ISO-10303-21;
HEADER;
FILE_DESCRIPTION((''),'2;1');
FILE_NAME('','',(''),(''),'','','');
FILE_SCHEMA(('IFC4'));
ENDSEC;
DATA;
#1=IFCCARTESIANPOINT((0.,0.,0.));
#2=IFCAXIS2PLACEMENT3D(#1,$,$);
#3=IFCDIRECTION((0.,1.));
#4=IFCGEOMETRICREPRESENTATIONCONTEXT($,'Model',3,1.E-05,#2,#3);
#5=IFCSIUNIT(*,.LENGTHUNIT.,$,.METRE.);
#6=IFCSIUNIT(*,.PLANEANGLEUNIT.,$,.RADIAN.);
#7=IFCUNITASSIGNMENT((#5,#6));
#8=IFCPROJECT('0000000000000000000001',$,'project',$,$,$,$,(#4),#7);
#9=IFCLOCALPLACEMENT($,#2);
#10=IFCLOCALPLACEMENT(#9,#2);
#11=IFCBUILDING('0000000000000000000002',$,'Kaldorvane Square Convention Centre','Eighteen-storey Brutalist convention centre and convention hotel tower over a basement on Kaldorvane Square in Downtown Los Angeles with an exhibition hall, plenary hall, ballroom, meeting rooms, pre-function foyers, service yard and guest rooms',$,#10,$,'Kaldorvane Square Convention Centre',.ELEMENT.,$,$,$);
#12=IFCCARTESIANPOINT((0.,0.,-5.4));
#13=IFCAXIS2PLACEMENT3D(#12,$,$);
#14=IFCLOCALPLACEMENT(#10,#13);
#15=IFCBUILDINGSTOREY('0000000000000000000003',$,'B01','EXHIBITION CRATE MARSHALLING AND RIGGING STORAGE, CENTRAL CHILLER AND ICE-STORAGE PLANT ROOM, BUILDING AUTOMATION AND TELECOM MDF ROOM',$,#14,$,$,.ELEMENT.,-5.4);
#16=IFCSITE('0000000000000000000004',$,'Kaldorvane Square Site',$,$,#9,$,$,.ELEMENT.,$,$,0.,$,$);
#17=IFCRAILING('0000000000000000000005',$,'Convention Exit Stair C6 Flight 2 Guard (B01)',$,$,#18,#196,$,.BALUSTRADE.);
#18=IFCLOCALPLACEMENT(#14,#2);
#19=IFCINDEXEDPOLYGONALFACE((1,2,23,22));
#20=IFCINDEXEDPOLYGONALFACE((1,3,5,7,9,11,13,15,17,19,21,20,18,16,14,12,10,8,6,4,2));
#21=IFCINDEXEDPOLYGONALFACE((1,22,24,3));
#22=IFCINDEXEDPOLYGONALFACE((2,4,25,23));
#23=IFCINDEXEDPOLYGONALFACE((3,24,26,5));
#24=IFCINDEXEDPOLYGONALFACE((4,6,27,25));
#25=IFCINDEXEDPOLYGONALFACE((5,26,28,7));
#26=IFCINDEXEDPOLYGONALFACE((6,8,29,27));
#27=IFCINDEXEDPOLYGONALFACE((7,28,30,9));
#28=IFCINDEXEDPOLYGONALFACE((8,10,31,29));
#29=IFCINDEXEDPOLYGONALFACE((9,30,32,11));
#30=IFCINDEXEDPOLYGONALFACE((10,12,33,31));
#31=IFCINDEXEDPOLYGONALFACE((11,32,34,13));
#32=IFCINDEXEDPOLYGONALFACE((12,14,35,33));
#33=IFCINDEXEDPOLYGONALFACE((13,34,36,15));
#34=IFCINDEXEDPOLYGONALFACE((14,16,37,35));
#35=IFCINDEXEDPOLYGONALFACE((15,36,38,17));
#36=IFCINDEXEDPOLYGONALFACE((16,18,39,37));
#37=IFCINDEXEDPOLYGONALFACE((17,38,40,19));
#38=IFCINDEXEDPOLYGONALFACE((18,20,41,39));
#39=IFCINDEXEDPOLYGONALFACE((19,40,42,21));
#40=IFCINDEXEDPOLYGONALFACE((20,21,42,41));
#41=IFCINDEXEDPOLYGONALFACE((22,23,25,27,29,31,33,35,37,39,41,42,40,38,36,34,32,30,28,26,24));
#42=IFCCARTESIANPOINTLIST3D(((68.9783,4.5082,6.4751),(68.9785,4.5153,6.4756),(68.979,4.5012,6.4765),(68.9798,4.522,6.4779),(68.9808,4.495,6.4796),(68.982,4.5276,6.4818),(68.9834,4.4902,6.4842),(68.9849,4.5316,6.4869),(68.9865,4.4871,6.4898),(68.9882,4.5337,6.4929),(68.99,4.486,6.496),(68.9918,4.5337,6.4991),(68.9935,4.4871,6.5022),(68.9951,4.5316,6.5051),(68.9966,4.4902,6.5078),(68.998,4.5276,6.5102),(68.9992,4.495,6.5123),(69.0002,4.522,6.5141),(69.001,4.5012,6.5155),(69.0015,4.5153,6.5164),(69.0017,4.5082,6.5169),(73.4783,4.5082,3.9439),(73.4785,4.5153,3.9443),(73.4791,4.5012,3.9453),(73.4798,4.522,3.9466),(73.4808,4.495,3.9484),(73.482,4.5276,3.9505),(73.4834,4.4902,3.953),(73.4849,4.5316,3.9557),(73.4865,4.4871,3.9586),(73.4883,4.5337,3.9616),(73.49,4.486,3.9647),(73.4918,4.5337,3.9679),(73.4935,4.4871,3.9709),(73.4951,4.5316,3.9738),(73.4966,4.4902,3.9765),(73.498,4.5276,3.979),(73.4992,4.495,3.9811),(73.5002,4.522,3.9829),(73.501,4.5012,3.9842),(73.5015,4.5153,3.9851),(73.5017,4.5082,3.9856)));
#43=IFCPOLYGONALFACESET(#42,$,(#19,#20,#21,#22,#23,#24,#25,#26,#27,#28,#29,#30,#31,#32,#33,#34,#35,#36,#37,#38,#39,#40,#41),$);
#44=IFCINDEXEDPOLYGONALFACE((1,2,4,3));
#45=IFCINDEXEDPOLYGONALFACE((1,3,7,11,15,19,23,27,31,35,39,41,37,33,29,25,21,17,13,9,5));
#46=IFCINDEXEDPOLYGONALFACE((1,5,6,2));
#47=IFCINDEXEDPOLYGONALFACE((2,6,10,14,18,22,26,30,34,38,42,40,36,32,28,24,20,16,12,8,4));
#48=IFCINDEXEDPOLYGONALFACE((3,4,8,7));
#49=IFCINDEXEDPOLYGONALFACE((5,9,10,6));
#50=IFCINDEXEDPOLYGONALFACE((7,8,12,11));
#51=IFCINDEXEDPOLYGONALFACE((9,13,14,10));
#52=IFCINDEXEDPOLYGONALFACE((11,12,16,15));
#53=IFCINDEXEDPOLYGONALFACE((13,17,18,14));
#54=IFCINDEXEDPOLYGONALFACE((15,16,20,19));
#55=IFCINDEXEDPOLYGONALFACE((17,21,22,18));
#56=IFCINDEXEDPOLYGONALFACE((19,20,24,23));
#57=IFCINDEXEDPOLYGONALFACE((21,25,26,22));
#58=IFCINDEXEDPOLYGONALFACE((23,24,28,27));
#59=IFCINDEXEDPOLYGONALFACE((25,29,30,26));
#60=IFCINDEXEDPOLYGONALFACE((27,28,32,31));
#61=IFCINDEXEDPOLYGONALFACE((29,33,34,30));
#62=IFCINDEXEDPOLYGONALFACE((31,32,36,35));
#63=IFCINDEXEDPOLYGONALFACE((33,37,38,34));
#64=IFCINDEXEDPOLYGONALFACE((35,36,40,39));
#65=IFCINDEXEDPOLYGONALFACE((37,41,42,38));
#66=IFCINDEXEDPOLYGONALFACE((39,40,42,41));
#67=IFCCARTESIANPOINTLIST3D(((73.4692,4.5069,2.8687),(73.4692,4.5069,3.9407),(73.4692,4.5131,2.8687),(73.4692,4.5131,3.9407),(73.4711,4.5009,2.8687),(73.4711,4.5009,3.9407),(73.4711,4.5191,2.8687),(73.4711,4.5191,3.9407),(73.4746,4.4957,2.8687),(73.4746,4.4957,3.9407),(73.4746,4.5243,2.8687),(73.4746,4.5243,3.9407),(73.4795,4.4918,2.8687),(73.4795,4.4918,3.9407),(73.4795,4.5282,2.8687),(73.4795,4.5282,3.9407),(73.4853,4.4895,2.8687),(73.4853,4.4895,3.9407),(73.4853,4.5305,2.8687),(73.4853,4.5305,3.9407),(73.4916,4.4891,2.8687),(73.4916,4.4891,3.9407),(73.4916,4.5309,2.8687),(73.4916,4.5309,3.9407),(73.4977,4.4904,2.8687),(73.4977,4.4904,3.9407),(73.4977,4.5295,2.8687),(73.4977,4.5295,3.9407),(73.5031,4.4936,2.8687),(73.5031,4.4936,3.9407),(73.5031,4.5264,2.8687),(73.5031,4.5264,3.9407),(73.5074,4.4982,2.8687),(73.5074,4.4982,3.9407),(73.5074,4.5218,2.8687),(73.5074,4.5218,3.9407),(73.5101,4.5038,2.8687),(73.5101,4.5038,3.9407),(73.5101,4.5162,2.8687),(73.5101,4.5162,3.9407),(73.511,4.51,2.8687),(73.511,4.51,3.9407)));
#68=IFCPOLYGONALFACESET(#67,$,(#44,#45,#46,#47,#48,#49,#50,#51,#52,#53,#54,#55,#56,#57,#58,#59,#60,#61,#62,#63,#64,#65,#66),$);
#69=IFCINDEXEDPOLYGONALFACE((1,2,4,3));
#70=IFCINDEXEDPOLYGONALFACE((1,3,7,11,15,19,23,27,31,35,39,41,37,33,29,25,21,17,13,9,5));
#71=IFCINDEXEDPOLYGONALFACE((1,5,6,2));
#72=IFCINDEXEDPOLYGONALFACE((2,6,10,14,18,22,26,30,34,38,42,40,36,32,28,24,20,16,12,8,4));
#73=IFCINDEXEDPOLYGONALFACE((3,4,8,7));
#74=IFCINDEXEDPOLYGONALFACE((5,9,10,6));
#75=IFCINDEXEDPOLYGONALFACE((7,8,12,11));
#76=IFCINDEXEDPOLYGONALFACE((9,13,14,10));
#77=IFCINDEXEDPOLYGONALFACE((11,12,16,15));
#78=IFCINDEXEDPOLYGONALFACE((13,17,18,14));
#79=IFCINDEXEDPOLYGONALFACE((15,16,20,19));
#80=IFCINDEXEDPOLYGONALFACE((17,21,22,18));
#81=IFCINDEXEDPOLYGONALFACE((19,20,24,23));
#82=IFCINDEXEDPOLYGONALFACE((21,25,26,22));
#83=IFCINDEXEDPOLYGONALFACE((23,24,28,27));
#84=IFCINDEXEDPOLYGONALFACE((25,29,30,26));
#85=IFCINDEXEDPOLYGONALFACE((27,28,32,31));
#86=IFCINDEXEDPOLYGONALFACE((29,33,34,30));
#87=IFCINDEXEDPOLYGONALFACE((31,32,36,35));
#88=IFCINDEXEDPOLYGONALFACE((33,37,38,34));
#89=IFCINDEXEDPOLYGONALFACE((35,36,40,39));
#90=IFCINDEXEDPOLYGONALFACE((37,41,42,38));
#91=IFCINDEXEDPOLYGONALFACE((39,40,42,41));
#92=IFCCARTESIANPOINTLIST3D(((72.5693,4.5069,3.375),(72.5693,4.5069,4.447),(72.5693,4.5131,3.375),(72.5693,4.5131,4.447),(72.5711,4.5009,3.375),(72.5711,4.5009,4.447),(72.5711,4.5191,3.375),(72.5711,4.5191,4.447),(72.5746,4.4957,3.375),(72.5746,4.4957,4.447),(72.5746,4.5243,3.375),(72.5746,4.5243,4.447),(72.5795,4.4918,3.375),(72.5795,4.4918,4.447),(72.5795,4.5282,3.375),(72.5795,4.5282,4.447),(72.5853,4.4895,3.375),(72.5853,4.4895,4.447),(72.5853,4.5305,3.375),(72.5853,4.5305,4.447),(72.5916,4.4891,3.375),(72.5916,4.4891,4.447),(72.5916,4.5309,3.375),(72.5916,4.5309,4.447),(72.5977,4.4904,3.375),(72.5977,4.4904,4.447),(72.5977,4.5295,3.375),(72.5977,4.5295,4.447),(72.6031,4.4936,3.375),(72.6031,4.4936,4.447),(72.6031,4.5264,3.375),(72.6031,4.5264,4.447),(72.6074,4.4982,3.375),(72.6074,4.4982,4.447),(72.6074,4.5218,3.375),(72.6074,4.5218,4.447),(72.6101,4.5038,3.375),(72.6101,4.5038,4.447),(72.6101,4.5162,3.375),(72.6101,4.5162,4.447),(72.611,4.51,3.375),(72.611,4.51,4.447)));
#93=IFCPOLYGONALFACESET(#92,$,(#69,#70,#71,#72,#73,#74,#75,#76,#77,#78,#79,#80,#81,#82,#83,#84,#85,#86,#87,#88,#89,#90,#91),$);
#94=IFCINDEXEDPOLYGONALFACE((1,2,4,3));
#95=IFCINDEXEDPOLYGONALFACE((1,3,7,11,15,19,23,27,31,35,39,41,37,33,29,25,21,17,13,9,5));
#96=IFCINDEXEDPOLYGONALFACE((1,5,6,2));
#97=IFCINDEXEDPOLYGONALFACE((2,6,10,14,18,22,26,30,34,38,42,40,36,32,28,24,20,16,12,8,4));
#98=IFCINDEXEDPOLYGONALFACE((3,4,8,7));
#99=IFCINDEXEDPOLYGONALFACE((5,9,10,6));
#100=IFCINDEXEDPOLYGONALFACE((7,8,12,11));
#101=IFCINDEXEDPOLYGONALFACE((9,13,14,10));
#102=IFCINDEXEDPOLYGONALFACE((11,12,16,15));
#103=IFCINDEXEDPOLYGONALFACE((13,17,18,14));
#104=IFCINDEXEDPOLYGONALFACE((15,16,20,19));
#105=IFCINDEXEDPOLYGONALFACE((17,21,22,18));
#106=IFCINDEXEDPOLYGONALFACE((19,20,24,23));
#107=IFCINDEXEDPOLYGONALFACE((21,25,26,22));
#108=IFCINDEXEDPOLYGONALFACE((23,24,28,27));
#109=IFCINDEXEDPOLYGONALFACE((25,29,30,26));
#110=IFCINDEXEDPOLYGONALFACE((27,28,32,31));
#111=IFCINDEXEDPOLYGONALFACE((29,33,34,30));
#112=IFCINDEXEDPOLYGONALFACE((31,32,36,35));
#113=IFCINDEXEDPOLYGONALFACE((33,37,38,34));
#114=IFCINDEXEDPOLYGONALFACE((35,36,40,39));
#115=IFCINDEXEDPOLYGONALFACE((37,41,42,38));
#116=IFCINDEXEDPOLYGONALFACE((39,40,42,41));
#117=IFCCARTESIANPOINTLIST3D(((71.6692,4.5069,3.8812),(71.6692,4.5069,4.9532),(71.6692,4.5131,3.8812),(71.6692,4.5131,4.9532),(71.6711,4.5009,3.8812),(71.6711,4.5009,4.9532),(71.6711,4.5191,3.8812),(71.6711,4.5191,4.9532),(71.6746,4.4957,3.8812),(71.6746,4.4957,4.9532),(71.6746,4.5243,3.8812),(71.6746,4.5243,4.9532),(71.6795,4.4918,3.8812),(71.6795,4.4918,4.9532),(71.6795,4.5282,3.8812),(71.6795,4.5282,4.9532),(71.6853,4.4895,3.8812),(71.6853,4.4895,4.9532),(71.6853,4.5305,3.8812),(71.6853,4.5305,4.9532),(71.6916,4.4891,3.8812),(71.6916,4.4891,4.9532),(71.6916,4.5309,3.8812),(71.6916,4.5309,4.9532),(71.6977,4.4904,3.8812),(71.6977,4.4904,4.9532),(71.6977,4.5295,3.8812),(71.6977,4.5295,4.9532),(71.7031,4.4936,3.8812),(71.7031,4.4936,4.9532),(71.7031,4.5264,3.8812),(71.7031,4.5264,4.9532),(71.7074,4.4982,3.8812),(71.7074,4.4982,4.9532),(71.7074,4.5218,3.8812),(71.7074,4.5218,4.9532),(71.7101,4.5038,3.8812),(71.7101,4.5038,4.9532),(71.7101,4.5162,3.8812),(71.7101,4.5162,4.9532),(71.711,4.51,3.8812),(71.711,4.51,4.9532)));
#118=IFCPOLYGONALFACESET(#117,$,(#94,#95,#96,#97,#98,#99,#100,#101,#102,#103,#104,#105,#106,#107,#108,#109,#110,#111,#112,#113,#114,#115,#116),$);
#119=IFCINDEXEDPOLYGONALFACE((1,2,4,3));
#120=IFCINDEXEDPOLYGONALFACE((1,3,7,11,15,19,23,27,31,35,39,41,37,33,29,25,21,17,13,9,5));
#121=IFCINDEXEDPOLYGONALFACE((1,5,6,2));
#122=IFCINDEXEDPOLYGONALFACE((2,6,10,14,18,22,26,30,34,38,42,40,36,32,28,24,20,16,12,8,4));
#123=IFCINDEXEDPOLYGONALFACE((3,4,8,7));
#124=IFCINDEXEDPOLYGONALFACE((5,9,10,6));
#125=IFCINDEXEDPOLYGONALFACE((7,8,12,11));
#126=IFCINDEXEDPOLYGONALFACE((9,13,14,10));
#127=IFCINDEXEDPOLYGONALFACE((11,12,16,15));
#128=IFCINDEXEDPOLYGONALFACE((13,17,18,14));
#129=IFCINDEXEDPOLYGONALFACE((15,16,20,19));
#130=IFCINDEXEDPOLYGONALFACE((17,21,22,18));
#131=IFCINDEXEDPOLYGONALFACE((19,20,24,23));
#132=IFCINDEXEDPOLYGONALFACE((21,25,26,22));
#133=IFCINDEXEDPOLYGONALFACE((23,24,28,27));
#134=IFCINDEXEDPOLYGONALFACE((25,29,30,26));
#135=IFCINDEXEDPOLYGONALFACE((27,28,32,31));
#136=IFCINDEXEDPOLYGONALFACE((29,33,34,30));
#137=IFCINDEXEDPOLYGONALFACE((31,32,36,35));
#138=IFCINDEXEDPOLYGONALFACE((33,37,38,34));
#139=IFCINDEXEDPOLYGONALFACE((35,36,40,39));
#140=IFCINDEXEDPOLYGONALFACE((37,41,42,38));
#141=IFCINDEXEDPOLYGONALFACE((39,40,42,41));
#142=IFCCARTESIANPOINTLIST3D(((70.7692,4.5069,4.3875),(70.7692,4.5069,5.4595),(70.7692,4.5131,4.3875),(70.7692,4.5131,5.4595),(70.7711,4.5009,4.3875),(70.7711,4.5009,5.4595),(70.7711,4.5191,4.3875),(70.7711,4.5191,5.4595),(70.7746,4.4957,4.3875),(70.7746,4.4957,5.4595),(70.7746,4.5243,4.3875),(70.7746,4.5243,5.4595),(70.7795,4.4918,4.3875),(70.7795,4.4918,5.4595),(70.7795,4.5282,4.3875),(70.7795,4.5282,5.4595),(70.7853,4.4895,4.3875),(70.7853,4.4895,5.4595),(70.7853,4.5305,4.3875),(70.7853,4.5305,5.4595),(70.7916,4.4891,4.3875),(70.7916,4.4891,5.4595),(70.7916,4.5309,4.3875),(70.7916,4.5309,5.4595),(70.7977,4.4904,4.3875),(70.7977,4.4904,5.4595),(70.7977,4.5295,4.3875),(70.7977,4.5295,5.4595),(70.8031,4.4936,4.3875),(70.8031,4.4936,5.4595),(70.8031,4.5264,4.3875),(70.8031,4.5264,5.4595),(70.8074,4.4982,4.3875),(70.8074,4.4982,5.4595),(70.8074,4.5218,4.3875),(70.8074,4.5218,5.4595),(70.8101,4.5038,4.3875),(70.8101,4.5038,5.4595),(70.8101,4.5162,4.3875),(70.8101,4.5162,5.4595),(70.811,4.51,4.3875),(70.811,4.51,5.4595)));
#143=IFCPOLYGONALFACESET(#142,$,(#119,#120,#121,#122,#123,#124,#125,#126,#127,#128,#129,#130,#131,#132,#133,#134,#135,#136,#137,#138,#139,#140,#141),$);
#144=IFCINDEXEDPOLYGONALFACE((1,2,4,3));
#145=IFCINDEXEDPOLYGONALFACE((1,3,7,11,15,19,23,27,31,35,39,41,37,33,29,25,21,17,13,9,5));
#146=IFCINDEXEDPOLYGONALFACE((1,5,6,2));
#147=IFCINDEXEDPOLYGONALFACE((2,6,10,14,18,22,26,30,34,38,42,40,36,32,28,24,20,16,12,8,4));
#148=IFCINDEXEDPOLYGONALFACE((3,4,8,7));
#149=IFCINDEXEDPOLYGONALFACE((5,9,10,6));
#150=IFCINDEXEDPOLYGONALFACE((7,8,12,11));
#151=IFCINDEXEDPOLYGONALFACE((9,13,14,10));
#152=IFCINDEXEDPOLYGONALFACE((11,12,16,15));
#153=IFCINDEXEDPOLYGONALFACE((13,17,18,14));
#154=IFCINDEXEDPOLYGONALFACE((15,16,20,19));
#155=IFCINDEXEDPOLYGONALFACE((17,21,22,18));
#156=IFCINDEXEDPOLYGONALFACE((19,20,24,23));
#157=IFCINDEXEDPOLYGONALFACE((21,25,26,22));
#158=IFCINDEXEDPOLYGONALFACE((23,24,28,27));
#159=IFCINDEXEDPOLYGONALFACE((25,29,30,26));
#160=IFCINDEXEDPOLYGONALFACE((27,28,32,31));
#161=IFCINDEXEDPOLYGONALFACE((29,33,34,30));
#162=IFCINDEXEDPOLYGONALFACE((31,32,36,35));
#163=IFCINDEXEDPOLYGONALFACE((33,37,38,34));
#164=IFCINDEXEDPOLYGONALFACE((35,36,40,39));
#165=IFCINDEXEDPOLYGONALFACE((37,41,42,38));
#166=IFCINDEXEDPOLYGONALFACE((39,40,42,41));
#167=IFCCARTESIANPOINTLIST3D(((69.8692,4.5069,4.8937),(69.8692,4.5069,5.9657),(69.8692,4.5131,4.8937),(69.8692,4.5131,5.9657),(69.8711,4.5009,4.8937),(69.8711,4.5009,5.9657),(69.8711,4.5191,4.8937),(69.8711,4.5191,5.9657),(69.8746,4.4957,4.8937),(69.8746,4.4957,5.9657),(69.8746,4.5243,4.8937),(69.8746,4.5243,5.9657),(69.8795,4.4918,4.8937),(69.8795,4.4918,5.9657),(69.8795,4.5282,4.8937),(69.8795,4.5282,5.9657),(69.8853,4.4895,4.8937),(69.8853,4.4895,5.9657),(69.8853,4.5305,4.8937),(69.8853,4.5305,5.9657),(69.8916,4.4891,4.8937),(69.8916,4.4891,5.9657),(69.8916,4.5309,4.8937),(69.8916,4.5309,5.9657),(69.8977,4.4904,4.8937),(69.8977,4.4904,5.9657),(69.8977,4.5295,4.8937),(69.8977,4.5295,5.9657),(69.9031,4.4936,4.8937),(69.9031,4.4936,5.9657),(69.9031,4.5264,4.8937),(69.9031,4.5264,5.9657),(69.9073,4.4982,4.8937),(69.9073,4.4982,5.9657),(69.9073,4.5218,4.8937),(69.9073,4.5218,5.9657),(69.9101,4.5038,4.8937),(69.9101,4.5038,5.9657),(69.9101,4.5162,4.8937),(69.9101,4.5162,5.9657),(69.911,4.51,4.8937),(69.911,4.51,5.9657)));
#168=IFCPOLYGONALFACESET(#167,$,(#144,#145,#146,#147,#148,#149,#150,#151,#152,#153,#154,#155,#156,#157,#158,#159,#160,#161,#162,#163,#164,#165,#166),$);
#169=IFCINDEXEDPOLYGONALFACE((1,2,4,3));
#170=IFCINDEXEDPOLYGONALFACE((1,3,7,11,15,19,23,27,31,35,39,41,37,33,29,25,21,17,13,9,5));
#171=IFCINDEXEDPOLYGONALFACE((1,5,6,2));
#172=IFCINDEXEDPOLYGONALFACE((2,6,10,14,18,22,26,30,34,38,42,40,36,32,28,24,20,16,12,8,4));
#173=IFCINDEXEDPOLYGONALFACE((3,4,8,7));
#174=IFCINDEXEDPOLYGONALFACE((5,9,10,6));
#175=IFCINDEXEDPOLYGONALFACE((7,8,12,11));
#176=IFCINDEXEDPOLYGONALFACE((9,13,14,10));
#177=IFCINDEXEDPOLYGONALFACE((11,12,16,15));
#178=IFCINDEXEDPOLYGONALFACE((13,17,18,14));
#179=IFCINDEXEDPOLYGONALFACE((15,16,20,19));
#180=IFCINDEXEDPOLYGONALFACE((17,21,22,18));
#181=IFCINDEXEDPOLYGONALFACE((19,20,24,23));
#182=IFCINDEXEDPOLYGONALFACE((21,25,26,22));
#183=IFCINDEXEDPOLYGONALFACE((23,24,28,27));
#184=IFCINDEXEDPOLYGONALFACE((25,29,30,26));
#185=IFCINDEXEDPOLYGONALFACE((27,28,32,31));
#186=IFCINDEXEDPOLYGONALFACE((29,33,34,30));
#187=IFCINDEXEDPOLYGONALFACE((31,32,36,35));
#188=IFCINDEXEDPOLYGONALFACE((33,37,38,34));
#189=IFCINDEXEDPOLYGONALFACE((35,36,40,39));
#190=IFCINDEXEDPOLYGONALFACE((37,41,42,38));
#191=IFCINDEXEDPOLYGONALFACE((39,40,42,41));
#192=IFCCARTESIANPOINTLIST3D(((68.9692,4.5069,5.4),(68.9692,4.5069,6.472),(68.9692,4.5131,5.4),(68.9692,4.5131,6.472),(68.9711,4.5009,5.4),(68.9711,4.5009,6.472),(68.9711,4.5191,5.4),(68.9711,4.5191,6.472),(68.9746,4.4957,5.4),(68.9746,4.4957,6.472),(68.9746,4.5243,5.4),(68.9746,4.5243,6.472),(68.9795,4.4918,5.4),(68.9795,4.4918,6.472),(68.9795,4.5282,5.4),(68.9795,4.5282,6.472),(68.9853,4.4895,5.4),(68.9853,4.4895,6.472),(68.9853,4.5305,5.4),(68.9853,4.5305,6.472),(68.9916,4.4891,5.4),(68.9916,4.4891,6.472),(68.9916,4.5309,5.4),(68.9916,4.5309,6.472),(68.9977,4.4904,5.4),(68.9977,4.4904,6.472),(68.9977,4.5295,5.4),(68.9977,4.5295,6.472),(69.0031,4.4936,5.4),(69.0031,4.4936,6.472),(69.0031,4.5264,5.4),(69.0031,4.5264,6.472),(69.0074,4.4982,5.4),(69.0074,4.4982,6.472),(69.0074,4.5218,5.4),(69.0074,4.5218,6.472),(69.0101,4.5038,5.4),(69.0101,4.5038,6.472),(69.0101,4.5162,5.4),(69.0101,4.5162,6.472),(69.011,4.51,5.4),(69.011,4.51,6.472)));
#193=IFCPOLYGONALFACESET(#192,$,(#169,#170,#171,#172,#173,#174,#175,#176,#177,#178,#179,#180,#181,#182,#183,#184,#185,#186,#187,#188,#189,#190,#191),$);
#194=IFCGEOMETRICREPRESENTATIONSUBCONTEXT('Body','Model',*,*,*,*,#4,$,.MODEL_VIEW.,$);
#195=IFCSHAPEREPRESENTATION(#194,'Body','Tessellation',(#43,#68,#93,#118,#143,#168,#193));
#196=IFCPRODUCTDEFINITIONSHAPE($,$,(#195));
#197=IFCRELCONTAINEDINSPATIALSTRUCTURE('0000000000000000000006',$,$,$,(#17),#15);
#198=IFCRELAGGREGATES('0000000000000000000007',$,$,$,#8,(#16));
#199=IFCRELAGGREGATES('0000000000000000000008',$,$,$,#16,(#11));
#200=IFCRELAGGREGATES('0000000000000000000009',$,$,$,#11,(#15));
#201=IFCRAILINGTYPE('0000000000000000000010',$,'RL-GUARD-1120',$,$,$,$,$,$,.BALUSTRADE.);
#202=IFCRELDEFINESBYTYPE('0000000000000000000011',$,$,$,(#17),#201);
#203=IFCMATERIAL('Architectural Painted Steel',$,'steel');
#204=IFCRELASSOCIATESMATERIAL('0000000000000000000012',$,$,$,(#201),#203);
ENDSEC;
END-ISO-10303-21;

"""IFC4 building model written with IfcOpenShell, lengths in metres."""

from ifc_helpers import new_model, si_unit, direction, frame, origin, origin_2d, place, context, subcontext, project, spatial, circle, extrude, material, type_object, element, save


model = new_model("IFC4")

# Units and contexts
model_context = context("Model", 3, precision=1e-05, world=origin(), true_north=direction((0.0, 1.0)))
body_context = subcontext(model_context, "Body", "Model", "MODEL_VIEW")
ifc_project = project(units=[si_unit("LENGTHUNIT", "METRE"), si_unit("PLANEANGLEUNIT", "RADIAN")], contexts=[model_context])

# Site, building, storey
site_placement = place(None, origin())
site = spatial("IfcSite", under=ifc_project, at=site_placement, Name="Kaldorvane Square Site", CompositionType="ELEMENT", RefElevation=0.0)
building_placement = place(site_placement, origin())
building = spatial("IfcBuilding", under=site, at=building_placement, Name="Kaldorvane Square Convention Centre", Description="Eighteen-storey Brutalist convention centre and convention hotel tower over a basement on Kaldorvane Square in Downtown Los Angeles with an exhibition hall, plenary hall, ballroom, meeting rooms, pre-function foyers, service yard and guest rooms", LongName="Kaldorvane Square Convention Centre", CompositionType="ELEMENT")
storey_placement = place(building_placement, frame((0.0, 0.0, -5.4)))
storey = spatial("IfcBuildingStorey", under=building, at=storey_placement, Name="B01", Description="EXHIBITION CRATE MARSHALLING AND RIGGING STORAGE, CENTRAL CHILLER AND ICE-STORAGE PLANT ROOM, BUILDING AUTOMATION AND TELECOM MDF ROOM", CompositionType="ELEMENT", Elevation=-5.4)

# Railing
ifc_material_1 = material(Name="Architectural Painted Steel", Category="steel")
railing_type_1 = type_object("IfcRailingType", Name="RL-GUARD-1120", PredefinedType="BALUSTRADE", material=ifc_material_1)
railing_1_placement = place(storey_placement, frame((73.49, 4.51, 2.8687)))
element("IfcRailing", 1, at=railing_1_placement, inside=storey, type_object=railing_type_1, Name="Convention Exit Stair C6 Flight 2 Guard (B01)", PredefinedType="BALUSTRADE", context=body_context, shape_type="SweptSolid", body=[
    extrude(circle(Radius=0.024, at=origin_2d()), frame((0.0, 0.0, 1.096), z_axis=(-0.871576, 0.0, 0.490261), x_axis=(0.0, -1.0, 0.0)), (0.0, 0.0, 1.0), 5.1631),
    extrude(circle(Radius=0.021, at=origin_2d()), origin(), (0.0, 0.0, 1.0), 1.072),
    extrude(circle(Radius=0.021, at=origin_2d()), frame((-0.9, 0.0, 0.5063)), (0.0, 0.0, 1.0), 1.072),
    extrude(circle(Radius=0.021, at=origin_2d()), frame((-1.8, 0.0, 1.0125)), (0.0, 0.0, 1.0), 1.072),
    extrude(circle(Radius=0.021, at=origin_2d()), frame((-2.7, 0.0, 1.5188)), (0.0, 0.0, 1.0), 1.072),
    extrude(circle(Radius=0.021, at=origin_2d()), frame((-3.6, 0.0, 2.025)), (0.0, 0.0, 1.0), 1.072),
    extrude(circle(Radius=0.021, at=origin_2d()), frame((-4.5, 0.0, 2.5312)), (0.0, 0.0, 1.0), 1.072),
])

save(model, "model.ifc")
